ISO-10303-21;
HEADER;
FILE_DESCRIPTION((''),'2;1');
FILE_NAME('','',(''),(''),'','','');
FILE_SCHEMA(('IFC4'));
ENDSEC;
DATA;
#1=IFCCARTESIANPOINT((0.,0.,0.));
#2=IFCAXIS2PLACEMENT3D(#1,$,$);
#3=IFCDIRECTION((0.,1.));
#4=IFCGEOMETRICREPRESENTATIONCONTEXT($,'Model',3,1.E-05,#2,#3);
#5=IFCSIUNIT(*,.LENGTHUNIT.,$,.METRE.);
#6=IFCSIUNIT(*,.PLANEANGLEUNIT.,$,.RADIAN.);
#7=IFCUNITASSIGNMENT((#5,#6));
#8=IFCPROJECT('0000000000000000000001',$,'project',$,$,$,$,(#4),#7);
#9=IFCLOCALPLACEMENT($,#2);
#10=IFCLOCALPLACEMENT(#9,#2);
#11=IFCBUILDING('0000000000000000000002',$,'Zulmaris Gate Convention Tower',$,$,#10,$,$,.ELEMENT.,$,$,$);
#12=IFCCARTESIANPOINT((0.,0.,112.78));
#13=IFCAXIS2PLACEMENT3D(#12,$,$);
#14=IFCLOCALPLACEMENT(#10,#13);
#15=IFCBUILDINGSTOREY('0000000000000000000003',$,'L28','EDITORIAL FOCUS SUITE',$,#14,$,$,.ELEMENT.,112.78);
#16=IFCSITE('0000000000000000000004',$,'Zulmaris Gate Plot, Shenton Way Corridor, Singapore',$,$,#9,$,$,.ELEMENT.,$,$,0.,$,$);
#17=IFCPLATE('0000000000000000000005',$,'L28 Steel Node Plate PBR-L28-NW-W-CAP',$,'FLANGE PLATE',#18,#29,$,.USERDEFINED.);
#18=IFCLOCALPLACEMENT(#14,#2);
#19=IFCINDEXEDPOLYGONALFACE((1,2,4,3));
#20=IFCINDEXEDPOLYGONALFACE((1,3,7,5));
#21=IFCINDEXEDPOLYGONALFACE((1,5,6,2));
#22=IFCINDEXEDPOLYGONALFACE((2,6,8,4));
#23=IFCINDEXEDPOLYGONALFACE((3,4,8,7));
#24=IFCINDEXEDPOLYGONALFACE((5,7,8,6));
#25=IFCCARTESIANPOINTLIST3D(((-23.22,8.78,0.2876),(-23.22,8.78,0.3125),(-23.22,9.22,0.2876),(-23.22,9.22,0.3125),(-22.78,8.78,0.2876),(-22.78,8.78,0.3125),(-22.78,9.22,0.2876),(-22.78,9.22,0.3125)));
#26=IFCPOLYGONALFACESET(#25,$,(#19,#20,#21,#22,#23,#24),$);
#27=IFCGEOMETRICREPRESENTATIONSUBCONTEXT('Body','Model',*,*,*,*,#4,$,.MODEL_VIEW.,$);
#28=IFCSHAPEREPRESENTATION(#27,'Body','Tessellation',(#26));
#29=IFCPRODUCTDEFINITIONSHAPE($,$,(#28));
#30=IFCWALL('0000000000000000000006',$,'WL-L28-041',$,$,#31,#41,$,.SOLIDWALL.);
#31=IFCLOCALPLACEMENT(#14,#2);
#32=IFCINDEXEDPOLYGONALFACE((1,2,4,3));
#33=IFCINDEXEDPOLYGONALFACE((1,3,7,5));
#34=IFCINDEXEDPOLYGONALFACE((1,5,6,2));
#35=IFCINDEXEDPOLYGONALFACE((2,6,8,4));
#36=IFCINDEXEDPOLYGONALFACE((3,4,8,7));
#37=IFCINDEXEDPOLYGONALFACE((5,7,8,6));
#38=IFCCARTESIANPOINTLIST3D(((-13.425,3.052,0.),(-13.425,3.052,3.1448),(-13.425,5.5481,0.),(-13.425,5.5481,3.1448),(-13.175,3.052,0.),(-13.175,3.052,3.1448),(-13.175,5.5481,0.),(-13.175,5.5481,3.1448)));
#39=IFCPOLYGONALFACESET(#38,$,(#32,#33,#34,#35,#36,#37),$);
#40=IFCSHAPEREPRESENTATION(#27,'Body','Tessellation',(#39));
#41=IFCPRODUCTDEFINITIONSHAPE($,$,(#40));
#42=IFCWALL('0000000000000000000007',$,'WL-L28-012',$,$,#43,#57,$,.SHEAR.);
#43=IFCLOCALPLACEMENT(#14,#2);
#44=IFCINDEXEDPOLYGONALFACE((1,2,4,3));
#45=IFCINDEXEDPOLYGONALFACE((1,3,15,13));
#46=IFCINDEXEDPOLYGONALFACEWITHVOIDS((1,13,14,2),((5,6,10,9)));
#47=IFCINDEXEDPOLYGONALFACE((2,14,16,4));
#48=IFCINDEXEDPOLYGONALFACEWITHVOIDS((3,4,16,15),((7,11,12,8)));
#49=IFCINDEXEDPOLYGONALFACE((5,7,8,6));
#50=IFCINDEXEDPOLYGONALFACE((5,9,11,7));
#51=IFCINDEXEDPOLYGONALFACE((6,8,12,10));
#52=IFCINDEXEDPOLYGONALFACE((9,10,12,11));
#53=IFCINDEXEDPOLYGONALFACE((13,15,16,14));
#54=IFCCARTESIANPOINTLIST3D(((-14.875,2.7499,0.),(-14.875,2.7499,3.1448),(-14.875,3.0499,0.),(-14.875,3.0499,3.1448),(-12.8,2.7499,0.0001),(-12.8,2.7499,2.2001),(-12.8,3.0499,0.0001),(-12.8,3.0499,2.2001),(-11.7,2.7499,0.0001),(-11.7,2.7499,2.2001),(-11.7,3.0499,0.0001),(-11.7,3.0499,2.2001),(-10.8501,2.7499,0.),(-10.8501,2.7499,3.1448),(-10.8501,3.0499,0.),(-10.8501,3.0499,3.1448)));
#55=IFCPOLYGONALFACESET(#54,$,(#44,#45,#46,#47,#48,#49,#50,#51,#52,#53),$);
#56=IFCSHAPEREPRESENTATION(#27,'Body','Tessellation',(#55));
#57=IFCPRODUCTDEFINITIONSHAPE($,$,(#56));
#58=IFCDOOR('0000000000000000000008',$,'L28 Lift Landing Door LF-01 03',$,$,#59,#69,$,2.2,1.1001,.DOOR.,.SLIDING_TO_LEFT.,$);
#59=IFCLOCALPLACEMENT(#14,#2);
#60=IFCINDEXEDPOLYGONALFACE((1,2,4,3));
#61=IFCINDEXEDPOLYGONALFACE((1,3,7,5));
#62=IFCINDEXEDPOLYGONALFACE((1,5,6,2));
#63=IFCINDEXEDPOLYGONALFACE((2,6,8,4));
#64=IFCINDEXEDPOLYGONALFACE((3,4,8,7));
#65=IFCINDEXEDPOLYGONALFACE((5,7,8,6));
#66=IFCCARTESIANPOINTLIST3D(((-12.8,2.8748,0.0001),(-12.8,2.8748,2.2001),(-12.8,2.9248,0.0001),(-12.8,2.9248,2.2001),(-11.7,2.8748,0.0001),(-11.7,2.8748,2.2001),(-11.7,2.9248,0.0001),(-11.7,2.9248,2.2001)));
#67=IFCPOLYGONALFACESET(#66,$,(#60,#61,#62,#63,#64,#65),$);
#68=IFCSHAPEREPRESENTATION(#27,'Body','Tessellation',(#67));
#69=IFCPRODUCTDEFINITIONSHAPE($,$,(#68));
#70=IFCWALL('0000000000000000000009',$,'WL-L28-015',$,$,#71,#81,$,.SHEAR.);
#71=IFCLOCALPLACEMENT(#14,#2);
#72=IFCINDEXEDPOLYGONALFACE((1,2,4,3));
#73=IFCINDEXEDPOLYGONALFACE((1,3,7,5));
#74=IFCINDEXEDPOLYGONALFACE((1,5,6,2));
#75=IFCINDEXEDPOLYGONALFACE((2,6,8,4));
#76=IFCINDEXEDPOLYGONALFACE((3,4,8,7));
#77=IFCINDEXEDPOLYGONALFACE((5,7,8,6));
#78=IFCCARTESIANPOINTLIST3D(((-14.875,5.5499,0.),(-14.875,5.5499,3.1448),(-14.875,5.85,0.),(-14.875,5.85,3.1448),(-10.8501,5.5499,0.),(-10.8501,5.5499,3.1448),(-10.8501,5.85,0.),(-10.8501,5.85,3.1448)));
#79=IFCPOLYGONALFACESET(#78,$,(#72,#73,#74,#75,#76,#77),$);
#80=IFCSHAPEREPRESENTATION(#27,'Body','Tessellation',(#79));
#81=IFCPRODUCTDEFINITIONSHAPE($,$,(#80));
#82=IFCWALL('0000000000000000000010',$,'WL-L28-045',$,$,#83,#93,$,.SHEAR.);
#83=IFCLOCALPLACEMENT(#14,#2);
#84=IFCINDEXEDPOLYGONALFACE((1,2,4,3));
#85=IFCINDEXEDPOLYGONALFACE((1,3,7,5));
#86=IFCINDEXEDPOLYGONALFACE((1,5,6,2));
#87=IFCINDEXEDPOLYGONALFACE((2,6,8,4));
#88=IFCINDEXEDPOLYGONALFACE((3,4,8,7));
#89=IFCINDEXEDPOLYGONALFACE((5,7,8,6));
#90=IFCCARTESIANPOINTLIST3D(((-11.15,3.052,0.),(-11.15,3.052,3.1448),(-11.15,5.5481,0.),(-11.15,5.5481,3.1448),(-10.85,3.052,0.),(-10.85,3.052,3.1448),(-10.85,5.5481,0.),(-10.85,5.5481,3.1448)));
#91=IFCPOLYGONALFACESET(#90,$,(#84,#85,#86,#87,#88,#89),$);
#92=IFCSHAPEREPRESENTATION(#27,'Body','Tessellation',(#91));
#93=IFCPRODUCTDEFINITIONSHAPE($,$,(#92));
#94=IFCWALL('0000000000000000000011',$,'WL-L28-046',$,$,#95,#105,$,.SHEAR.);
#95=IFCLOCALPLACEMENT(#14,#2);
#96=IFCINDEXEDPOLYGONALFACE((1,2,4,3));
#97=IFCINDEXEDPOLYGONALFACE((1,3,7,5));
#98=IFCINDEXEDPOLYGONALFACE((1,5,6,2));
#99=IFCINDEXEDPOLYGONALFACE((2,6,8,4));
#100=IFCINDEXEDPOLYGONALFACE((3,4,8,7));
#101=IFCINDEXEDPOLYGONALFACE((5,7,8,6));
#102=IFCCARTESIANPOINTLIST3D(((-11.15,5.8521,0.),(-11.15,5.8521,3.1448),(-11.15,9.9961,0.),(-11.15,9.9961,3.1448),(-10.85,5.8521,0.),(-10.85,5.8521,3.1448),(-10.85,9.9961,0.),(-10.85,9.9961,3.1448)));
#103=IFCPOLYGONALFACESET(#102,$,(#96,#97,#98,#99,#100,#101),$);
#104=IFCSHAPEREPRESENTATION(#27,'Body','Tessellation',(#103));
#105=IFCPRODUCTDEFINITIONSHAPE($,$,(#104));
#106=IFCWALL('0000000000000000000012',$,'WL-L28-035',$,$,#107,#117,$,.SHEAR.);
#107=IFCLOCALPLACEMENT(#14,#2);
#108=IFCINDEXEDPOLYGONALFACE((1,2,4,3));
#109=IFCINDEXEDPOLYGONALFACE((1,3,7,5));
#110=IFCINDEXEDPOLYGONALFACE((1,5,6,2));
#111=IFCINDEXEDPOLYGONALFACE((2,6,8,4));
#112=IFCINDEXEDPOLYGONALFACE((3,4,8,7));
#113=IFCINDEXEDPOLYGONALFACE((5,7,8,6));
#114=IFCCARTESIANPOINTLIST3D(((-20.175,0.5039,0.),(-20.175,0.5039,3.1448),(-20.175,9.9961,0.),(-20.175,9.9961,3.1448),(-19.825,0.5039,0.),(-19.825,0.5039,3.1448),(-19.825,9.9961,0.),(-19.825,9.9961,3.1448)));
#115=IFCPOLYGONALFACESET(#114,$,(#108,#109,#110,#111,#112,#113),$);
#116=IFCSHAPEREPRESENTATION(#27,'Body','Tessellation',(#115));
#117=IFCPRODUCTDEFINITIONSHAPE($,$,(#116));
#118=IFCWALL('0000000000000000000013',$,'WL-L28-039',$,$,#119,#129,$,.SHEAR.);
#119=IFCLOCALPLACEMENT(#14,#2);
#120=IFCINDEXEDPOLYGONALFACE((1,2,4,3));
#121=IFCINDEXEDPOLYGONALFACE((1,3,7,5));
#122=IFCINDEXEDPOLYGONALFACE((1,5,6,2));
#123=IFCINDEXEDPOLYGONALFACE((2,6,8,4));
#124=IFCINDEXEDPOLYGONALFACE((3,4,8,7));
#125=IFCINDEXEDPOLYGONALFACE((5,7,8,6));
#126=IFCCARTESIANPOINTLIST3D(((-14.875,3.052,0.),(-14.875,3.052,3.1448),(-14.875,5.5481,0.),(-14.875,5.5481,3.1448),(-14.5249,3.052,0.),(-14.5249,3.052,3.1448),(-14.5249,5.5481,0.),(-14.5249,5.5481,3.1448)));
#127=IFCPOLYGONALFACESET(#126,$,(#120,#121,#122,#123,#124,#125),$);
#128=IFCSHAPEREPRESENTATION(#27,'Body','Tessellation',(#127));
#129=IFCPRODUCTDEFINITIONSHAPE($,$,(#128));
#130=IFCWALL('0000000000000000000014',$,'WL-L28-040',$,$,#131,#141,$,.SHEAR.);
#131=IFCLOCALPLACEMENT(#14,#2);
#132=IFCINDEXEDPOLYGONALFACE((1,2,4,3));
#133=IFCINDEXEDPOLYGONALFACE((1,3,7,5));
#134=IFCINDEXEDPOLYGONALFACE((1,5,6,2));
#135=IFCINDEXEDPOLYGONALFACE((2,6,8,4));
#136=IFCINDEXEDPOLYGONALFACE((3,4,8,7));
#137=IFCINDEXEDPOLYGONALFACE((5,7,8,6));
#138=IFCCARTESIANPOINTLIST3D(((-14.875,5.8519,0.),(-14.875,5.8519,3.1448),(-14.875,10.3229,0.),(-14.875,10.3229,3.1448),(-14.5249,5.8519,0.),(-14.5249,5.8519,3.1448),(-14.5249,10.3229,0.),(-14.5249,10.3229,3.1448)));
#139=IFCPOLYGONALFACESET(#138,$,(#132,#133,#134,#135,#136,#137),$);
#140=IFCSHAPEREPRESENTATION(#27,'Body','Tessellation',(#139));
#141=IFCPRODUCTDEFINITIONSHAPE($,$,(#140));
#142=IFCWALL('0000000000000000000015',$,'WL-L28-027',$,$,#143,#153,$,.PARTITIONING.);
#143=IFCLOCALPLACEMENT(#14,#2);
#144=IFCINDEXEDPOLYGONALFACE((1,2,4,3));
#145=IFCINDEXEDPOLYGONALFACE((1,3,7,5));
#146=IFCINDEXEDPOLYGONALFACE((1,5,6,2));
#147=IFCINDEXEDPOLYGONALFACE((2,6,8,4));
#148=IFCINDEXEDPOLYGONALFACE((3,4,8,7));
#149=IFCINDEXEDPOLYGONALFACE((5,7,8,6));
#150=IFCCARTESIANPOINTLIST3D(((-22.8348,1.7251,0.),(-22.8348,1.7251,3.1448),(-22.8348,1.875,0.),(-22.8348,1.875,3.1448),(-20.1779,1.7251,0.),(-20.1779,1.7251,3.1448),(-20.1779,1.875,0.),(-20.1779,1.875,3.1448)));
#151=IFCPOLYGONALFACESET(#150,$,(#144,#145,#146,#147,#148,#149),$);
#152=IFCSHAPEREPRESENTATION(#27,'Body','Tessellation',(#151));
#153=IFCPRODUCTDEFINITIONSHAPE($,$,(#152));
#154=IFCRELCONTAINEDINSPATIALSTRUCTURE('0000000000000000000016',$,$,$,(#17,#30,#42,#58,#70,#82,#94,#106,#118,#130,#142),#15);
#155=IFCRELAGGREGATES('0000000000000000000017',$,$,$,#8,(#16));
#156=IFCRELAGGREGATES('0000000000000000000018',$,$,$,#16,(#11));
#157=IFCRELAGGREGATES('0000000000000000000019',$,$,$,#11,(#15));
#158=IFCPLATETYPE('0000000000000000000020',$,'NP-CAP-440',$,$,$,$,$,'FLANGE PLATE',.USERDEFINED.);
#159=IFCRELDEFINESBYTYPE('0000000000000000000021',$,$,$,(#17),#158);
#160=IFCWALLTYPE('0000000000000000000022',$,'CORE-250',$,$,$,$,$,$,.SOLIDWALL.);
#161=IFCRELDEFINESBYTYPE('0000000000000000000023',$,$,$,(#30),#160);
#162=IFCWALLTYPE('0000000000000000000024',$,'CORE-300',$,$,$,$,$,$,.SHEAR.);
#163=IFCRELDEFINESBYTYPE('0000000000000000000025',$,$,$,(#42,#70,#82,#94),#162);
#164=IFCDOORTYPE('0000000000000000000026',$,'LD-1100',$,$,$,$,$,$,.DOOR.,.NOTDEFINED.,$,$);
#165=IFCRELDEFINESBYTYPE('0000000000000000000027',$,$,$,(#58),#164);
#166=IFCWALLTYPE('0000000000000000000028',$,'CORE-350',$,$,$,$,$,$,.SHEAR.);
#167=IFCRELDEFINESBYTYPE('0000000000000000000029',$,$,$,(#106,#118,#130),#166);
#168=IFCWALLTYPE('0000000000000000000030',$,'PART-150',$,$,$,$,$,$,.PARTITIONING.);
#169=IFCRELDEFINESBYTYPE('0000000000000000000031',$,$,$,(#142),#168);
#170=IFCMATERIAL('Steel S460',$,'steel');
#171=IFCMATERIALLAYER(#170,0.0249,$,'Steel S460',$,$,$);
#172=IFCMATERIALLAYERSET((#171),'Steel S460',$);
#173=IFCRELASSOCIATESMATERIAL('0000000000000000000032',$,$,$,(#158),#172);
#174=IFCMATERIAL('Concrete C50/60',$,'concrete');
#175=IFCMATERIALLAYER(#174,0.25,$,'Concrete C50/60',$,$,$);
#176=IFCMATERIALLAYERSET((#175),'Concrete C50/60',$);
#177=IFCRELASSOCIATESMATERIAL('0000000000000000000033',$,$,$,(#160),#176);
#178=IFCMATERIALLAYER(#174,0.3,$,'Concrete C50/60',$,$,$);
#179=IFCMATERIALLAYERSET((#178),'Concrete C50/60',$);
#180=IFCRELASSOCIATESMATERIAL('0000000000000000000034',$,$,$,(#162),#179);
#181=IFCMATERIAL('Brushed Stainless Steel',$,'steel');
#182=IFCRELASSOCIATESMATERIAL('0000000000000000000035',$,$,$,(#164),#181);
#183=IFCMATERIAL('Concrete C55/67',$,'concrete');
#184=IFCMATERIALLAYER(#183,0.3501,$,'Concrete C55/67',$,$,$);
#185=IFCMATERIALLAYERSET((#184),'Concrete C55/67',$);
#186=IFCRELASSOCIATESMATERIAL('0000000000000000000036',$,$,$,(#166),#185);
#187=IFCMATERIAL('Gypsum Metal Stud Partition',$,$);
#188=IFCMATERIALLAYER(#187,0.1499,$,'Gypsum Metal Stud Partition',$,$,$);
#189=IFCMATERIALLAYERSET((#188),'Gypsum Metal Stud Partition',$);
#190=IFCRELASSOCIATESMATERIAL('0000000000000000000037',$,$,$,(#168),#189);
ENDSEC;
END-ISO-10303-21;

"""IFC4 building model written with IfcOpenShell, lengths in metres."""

from ifc_helpers import new_model, si_unit, direction, frame, frame_2d, origin, origin_2d, place, context, subcontext, project, spatial, rectangle, extrude, material, layer, layer_set, type_object, element, fill, save


model = new_model("IFC4")

# Units and contexts
model_context = context("Model", 3, precision=1e-05, world=origin(), true_north=direction((0.0, 1.0)))
body_context = subcontext(model_context, "Body", "Model", "MODEL_VIEW")
ifc_project = project(units=[si_unit("LENGTHUNIT", "METRE"), si_unit("PLANEANGLEUNIT", "RADIAN")], contexts=[model_context])

# Site, building, storey
site_placement = place(None, origin())
site = spatial("IfcSite", under=ifc_project, at=site_placement, Name="Zulmaris Gate Plot, Shenton Way Corridor, Singapore", CompositionType="ELEMENT", RefElevation=0.0)
building_placement = place(site_placement, origin())
building = spatial("IfcBuilding", under=site, at=building_placement, Name="Zulmaris Gate Convention Tower", CompositionType="ELEMENT")
storey_placement = place(building_placement, frame((0.0, 0.0, 112.78)))
storey = spatial("IfcBuildingStorey", under=building, at=storey_placement, Name="L28", Description="EDITORIAL FOCUS SUITE", CompositionType="ELEMENT", Elevation=112.78)

# Shared definitions
ifc_material_1 = material(Name="Steel S460", Category="steel")

# Plate
ifc_layer_1 = layer(ifc_material_1, 0.0249, Name="Steel S460")
ifc_layer_set_1 = layer_set([ifc_layer_1], Name="Steel S460")
plate_type = type_object("IfcPlateType", Name="NP-CAP-440", ElementType="FLANGE PLATE", PredefinedType="USERDEFINED", material=ifc_layer_set_1)
plate_placement = place(storey_placement, frame((-23.0, 9.0, 0.2876), z_axis=(0.0, 0.0, 1.0), x_axis=(1.0, 0.0, 0.0)))
element("IfcPlate", 1, at=plate_placement, inside=storey, type_object=plate_type, Name="L28 Steel Node Plate PBR-L28-NW-W-CAP", ObjectType="FLANGE PLATE", PredefinedType="USERDEFINED", context=body_context, shape_type="SweptSolid", body=[
    extrude(rectangle(XDim=0.4399, YDim=0.4399, at=origin_2d()), origin(), (0.0, 0.0, 1.0), 0.0249),
])

# Wall
ifc_material_2 = material(Name="Concrete C50/60", Category="concrete")
ifc_layer_2 = layer(ifc_material_2, 0.25, Name="Concrete C50/60")
ifc_layer_set_2 = layer_set([ifc_layer_2], Name="Concrete C50/60")
wall_type_1 = type_object("IfcWallType", Name="CORE-250", PredefinedType="SOLIDWALL", material=ifc_layer_set_2)
wall_1_placement = place(storey_placement, frame((-13.3, 3.052, 0.0), z_axis=(0.0, 0.0, 1.0), x_axis=(0.0, 1.0, 0.0)))
element("IfcWall", 2, at=wall_1_placement, inside=storey, type_object=wall_type_1, Name="WL-L28-041", PredefinedType="SOLIDWALL", context=body_context, shape_type="SweptSolid", body=[
    extrude(rectangle(XDim=2.4961, YDim=0.25, at=frame_2d((1.248, 0.0))), origin(), (0.0, 0.0, 1.0), 3.1448),
])

# Wall, opening, door
ifc_layer_3 = layer(ifc_material_2, 0.3, Name="Concrete C50/60")
ifc_layer_set_3 = layer_set([ifc_layer_3], Name="Concrete C50/60")
wall_type_2 = type_object("IfcWallType", Name="CORE-300", PredefinedType="SHEAR", material=ifc_layer_set_3)
wall_2_placement = place(storey_placement, frame((-14.875, 2.8999, 0.0), z_axis=(0.0, 0.0, 1.0), x_axis=(1.0, 0.0, 0.0)))
wall_2 = element("IfcWall", 3, at=wall_2_placement, inside=storey, type_object=wall_type_2, Name="WL-L28-012", PredefinedType="SHEAR", context=body_context, shape_type="SweptSolid", body=[
    extrude(rectangle(XDim=4.0249, YDim=0.3, at=frame_2d((2.0125, 0.0))), origin(), (0.0, 0.0, 1.0), 3.1448),
])
opening_1_placement = place(wall_2_placement, frame((2.075, 0.0, 0.0)))
opening_1 = element("IfcOpeningElement", 4, at=opening_1_placement, cuts=wall_2, PredefinedType="OPENING", context=body_context, shape_type="SweptSolid", body=[
    extrude(rectangle(XDim=1.1001, YDim=2.2, at=frame_2d((0.55, 1.1001))), frame((0.0, 0.1602, 0.0), z_axis=(0.0, -1.0, 0.0), x_axis=(1.0, 0.0, 0.0)), (0.0, 0.0, 1.0), 0.3201),
])
ifc_material_3 = material(Name="Brushed Stainless Steel", Category="steel")
door_type_1 = type_object("IfcDoorType", Name="LD-1100", OperationType="NOTDEFINED", PredefinedType="DOOR", material=ifc_material_3)
door_1_placement = place(opening_1_placement, origin())
door_1 = element("IfcDoor", 5, at=door_1_placement, inside=storey, type_object=door_type_1, Name="L28 Lift Landing Door LF-01 03", OperationType="SLIDING_TO_LEFT", OverallHeight=2.2, OverallWidth=1.1001, PredefinedType="DOOR", context=body_context, shape_type="SweptSolid", body=[
    extrude(rectangle(XDim=1.1001, YDim=2.2, at=frame_2d((0.55, 1.1001))), frame((0.0, 0.0249, 0.0), z_axis=(0.0, -1.0, 0.0), x_axis=(1.0, 0.0, 0.0)), (0.0, 0.0, 1.0), 0.05),
])
fill(opening_1, door_1)

# Wall
wall_3_placement = place(storey_placement, frame((-14.875, 5.7, 0.0), z_axis=(0.0, 0.0, 1.0), x_axis=(1.0, 0.0, 0.0)))
element("IfcWall", 6, at=wall_3_placement, inside=storey, type_object=wall_type_2, Name="WL-L28-015", PredefinedType="SHEAR", context=body_context, shape_type="SweptSolid", body=[
    extrude(rectangle(XDim=4.0249, YDim=0.3, at=frame_2d((2.0125, 0.0))), origin(), (0.0, 0.0, 1.0), 3.1448),
])

# Walls
wall_4_placement = place(storey_placement, frame((-11.0, 3.052, 0.0), z_axis=(0.0, 0.0, 1.0), x_axis=(0.0, 1.0, 0.0)))
element("IfcWall", 7, at=wall_4_placement, inside=storey, type_object=wall_type_2, Name="WL-L28-045", PredefinedType="SHEAR", context=body_context, shape_type="SweptSolid", body=[
    extrude(rectangle(XDim=2.4961, YDim=0.3, at=frame_2d((1.248, 0.0))), origin(), (0.0, 0.0, 1.0), 3.1448),
])
wall_5_placement = place(storey_placement, frame((-11.0, 5.8521, 0.0), z_axis=(0.0, 0.0, 1.0), x_axis=(0.0, 1.0, 0.0)))
element("IfcWall", 8, at=wall_5_placement, inside=storey, type_object=wall_type_2, Name="WL-L28-046", PredefinedType="SHEAR", context=body_context, shape_type="SweptSolid", body=[
    extrude(rectangle(XDim=4.144, YDim=0.3, at=frame_2d((2.072, 0.0))), origin(), (0.0, 0.0, 1.0), 3.1448),
])
ifc_material_4 = material(Name="Concrete C55/67", Category="concrete")
ifc_layer_4 = layer(ifc_material_4, 0.3501, Name="Concrete C55/67")
ifc_layer_set_4 = layer_set([ifc_layer_4], Name="Concrete C55/67")
wall_type_3 = type_object("IfcWallType", Name="CORE-350", PredefinedType="SHEAR", material=ifc_layer_set_4)
wall_6_placement = place(storey_placement, frame((-20.0, 0.5039, 0.0), z_axis=(0.0, 0.0, 1.0), x_axis=(0.0, 1.0, 0.0)))
element("IfcWall", 9, at=wall_6_placement, inside=storey, type_object=wall_type_3, Name="WL-L28-035", PredefinedType="SHEAR", context=body_context, shape_type="SweptSolid", body=[
    extrude(rectangle(XDim=9.4922, YDim=0.3501, at=frame_2d((4.7461, 0.0))), origin(), (0.0, 0.0, 1.0), 3.1448),
])
wall_7_placement = place(storey_placement, frame((-14.7, 3.052, 0.0), z_axis=(0.0, 0.0, 1.0), x_axis=(0.0, 1.0, 0.0)))
element("IfcWall", 10, at=wall_7_placement, inside=storey, type_object=wall_type_3, Name="WL-L28-039", PredefinedType="SHEAR", context=body_context, shape_type="SweptSolid", body=[
    extrude(rectangle(XDim=2.4961, YDim=0.3501, at=frame_2d((1.248, 0.0))), origin(), (0.0, 0.0, 1.0), 3.1448),
])
wall_8_placement = place(storey_placement, frame((-14.7, 5.8521, 0.0), z_axis=(0.0, 0.0, 1.0), x_axis=(0.0, 1.0, 0.0)))
element("IfcWall", 11, at=wall_8_placement, inside=storey, type_object=wall_type_3, Name="WL-L28-040", PredefinedType="SHEAR", context=body_context, shape_type="SweptSolid", body=[
    extrude(rectangle(XDim=4.4709, YDim=0.3501, at=frame_2d((2.2354, 0.0))), origin(), (0.0, 0.0, 1.0), 3.1448),
])
ifc_material_5 = material(Name="Gypsum Metal Stud Partition")
ifc_layer_5 = layer(ifc_material_5, 0.1499, Name="Gypsum Metal Stud Partition")
ifc_layer_set_5 = layer_set([ifc_layer_5], Name="Gypsum Metal Stud Partition")
wall_type_4 = type_object("IfcWallType", Name="PART-150", PredefinedType="PARTITIONING", material=ifc_layer_set_5)
wall_9_placement = place(storey_placement, frame((-22.835, 1.8, 0.0), z_axis=(0.0, 0.0, 1.0), x_axis=(1.0, 0.0, 0.0)))
element("IfcWall", 12, at=wall_9_placement, inside=storey, type_object=wall_type_4, Name="WL-L28-027", PredefinedType="PARTITIONING", context=body_context, shape_type="SweptSolid", body=[
    extrude(rectangle(XDim=2.657, YDim=0.1499, at=frame_2d((1.3286, 0.0))), origin(), (0.0, 0.0, 1.0), 3.1448),
])

save(model, "model.ifc")
